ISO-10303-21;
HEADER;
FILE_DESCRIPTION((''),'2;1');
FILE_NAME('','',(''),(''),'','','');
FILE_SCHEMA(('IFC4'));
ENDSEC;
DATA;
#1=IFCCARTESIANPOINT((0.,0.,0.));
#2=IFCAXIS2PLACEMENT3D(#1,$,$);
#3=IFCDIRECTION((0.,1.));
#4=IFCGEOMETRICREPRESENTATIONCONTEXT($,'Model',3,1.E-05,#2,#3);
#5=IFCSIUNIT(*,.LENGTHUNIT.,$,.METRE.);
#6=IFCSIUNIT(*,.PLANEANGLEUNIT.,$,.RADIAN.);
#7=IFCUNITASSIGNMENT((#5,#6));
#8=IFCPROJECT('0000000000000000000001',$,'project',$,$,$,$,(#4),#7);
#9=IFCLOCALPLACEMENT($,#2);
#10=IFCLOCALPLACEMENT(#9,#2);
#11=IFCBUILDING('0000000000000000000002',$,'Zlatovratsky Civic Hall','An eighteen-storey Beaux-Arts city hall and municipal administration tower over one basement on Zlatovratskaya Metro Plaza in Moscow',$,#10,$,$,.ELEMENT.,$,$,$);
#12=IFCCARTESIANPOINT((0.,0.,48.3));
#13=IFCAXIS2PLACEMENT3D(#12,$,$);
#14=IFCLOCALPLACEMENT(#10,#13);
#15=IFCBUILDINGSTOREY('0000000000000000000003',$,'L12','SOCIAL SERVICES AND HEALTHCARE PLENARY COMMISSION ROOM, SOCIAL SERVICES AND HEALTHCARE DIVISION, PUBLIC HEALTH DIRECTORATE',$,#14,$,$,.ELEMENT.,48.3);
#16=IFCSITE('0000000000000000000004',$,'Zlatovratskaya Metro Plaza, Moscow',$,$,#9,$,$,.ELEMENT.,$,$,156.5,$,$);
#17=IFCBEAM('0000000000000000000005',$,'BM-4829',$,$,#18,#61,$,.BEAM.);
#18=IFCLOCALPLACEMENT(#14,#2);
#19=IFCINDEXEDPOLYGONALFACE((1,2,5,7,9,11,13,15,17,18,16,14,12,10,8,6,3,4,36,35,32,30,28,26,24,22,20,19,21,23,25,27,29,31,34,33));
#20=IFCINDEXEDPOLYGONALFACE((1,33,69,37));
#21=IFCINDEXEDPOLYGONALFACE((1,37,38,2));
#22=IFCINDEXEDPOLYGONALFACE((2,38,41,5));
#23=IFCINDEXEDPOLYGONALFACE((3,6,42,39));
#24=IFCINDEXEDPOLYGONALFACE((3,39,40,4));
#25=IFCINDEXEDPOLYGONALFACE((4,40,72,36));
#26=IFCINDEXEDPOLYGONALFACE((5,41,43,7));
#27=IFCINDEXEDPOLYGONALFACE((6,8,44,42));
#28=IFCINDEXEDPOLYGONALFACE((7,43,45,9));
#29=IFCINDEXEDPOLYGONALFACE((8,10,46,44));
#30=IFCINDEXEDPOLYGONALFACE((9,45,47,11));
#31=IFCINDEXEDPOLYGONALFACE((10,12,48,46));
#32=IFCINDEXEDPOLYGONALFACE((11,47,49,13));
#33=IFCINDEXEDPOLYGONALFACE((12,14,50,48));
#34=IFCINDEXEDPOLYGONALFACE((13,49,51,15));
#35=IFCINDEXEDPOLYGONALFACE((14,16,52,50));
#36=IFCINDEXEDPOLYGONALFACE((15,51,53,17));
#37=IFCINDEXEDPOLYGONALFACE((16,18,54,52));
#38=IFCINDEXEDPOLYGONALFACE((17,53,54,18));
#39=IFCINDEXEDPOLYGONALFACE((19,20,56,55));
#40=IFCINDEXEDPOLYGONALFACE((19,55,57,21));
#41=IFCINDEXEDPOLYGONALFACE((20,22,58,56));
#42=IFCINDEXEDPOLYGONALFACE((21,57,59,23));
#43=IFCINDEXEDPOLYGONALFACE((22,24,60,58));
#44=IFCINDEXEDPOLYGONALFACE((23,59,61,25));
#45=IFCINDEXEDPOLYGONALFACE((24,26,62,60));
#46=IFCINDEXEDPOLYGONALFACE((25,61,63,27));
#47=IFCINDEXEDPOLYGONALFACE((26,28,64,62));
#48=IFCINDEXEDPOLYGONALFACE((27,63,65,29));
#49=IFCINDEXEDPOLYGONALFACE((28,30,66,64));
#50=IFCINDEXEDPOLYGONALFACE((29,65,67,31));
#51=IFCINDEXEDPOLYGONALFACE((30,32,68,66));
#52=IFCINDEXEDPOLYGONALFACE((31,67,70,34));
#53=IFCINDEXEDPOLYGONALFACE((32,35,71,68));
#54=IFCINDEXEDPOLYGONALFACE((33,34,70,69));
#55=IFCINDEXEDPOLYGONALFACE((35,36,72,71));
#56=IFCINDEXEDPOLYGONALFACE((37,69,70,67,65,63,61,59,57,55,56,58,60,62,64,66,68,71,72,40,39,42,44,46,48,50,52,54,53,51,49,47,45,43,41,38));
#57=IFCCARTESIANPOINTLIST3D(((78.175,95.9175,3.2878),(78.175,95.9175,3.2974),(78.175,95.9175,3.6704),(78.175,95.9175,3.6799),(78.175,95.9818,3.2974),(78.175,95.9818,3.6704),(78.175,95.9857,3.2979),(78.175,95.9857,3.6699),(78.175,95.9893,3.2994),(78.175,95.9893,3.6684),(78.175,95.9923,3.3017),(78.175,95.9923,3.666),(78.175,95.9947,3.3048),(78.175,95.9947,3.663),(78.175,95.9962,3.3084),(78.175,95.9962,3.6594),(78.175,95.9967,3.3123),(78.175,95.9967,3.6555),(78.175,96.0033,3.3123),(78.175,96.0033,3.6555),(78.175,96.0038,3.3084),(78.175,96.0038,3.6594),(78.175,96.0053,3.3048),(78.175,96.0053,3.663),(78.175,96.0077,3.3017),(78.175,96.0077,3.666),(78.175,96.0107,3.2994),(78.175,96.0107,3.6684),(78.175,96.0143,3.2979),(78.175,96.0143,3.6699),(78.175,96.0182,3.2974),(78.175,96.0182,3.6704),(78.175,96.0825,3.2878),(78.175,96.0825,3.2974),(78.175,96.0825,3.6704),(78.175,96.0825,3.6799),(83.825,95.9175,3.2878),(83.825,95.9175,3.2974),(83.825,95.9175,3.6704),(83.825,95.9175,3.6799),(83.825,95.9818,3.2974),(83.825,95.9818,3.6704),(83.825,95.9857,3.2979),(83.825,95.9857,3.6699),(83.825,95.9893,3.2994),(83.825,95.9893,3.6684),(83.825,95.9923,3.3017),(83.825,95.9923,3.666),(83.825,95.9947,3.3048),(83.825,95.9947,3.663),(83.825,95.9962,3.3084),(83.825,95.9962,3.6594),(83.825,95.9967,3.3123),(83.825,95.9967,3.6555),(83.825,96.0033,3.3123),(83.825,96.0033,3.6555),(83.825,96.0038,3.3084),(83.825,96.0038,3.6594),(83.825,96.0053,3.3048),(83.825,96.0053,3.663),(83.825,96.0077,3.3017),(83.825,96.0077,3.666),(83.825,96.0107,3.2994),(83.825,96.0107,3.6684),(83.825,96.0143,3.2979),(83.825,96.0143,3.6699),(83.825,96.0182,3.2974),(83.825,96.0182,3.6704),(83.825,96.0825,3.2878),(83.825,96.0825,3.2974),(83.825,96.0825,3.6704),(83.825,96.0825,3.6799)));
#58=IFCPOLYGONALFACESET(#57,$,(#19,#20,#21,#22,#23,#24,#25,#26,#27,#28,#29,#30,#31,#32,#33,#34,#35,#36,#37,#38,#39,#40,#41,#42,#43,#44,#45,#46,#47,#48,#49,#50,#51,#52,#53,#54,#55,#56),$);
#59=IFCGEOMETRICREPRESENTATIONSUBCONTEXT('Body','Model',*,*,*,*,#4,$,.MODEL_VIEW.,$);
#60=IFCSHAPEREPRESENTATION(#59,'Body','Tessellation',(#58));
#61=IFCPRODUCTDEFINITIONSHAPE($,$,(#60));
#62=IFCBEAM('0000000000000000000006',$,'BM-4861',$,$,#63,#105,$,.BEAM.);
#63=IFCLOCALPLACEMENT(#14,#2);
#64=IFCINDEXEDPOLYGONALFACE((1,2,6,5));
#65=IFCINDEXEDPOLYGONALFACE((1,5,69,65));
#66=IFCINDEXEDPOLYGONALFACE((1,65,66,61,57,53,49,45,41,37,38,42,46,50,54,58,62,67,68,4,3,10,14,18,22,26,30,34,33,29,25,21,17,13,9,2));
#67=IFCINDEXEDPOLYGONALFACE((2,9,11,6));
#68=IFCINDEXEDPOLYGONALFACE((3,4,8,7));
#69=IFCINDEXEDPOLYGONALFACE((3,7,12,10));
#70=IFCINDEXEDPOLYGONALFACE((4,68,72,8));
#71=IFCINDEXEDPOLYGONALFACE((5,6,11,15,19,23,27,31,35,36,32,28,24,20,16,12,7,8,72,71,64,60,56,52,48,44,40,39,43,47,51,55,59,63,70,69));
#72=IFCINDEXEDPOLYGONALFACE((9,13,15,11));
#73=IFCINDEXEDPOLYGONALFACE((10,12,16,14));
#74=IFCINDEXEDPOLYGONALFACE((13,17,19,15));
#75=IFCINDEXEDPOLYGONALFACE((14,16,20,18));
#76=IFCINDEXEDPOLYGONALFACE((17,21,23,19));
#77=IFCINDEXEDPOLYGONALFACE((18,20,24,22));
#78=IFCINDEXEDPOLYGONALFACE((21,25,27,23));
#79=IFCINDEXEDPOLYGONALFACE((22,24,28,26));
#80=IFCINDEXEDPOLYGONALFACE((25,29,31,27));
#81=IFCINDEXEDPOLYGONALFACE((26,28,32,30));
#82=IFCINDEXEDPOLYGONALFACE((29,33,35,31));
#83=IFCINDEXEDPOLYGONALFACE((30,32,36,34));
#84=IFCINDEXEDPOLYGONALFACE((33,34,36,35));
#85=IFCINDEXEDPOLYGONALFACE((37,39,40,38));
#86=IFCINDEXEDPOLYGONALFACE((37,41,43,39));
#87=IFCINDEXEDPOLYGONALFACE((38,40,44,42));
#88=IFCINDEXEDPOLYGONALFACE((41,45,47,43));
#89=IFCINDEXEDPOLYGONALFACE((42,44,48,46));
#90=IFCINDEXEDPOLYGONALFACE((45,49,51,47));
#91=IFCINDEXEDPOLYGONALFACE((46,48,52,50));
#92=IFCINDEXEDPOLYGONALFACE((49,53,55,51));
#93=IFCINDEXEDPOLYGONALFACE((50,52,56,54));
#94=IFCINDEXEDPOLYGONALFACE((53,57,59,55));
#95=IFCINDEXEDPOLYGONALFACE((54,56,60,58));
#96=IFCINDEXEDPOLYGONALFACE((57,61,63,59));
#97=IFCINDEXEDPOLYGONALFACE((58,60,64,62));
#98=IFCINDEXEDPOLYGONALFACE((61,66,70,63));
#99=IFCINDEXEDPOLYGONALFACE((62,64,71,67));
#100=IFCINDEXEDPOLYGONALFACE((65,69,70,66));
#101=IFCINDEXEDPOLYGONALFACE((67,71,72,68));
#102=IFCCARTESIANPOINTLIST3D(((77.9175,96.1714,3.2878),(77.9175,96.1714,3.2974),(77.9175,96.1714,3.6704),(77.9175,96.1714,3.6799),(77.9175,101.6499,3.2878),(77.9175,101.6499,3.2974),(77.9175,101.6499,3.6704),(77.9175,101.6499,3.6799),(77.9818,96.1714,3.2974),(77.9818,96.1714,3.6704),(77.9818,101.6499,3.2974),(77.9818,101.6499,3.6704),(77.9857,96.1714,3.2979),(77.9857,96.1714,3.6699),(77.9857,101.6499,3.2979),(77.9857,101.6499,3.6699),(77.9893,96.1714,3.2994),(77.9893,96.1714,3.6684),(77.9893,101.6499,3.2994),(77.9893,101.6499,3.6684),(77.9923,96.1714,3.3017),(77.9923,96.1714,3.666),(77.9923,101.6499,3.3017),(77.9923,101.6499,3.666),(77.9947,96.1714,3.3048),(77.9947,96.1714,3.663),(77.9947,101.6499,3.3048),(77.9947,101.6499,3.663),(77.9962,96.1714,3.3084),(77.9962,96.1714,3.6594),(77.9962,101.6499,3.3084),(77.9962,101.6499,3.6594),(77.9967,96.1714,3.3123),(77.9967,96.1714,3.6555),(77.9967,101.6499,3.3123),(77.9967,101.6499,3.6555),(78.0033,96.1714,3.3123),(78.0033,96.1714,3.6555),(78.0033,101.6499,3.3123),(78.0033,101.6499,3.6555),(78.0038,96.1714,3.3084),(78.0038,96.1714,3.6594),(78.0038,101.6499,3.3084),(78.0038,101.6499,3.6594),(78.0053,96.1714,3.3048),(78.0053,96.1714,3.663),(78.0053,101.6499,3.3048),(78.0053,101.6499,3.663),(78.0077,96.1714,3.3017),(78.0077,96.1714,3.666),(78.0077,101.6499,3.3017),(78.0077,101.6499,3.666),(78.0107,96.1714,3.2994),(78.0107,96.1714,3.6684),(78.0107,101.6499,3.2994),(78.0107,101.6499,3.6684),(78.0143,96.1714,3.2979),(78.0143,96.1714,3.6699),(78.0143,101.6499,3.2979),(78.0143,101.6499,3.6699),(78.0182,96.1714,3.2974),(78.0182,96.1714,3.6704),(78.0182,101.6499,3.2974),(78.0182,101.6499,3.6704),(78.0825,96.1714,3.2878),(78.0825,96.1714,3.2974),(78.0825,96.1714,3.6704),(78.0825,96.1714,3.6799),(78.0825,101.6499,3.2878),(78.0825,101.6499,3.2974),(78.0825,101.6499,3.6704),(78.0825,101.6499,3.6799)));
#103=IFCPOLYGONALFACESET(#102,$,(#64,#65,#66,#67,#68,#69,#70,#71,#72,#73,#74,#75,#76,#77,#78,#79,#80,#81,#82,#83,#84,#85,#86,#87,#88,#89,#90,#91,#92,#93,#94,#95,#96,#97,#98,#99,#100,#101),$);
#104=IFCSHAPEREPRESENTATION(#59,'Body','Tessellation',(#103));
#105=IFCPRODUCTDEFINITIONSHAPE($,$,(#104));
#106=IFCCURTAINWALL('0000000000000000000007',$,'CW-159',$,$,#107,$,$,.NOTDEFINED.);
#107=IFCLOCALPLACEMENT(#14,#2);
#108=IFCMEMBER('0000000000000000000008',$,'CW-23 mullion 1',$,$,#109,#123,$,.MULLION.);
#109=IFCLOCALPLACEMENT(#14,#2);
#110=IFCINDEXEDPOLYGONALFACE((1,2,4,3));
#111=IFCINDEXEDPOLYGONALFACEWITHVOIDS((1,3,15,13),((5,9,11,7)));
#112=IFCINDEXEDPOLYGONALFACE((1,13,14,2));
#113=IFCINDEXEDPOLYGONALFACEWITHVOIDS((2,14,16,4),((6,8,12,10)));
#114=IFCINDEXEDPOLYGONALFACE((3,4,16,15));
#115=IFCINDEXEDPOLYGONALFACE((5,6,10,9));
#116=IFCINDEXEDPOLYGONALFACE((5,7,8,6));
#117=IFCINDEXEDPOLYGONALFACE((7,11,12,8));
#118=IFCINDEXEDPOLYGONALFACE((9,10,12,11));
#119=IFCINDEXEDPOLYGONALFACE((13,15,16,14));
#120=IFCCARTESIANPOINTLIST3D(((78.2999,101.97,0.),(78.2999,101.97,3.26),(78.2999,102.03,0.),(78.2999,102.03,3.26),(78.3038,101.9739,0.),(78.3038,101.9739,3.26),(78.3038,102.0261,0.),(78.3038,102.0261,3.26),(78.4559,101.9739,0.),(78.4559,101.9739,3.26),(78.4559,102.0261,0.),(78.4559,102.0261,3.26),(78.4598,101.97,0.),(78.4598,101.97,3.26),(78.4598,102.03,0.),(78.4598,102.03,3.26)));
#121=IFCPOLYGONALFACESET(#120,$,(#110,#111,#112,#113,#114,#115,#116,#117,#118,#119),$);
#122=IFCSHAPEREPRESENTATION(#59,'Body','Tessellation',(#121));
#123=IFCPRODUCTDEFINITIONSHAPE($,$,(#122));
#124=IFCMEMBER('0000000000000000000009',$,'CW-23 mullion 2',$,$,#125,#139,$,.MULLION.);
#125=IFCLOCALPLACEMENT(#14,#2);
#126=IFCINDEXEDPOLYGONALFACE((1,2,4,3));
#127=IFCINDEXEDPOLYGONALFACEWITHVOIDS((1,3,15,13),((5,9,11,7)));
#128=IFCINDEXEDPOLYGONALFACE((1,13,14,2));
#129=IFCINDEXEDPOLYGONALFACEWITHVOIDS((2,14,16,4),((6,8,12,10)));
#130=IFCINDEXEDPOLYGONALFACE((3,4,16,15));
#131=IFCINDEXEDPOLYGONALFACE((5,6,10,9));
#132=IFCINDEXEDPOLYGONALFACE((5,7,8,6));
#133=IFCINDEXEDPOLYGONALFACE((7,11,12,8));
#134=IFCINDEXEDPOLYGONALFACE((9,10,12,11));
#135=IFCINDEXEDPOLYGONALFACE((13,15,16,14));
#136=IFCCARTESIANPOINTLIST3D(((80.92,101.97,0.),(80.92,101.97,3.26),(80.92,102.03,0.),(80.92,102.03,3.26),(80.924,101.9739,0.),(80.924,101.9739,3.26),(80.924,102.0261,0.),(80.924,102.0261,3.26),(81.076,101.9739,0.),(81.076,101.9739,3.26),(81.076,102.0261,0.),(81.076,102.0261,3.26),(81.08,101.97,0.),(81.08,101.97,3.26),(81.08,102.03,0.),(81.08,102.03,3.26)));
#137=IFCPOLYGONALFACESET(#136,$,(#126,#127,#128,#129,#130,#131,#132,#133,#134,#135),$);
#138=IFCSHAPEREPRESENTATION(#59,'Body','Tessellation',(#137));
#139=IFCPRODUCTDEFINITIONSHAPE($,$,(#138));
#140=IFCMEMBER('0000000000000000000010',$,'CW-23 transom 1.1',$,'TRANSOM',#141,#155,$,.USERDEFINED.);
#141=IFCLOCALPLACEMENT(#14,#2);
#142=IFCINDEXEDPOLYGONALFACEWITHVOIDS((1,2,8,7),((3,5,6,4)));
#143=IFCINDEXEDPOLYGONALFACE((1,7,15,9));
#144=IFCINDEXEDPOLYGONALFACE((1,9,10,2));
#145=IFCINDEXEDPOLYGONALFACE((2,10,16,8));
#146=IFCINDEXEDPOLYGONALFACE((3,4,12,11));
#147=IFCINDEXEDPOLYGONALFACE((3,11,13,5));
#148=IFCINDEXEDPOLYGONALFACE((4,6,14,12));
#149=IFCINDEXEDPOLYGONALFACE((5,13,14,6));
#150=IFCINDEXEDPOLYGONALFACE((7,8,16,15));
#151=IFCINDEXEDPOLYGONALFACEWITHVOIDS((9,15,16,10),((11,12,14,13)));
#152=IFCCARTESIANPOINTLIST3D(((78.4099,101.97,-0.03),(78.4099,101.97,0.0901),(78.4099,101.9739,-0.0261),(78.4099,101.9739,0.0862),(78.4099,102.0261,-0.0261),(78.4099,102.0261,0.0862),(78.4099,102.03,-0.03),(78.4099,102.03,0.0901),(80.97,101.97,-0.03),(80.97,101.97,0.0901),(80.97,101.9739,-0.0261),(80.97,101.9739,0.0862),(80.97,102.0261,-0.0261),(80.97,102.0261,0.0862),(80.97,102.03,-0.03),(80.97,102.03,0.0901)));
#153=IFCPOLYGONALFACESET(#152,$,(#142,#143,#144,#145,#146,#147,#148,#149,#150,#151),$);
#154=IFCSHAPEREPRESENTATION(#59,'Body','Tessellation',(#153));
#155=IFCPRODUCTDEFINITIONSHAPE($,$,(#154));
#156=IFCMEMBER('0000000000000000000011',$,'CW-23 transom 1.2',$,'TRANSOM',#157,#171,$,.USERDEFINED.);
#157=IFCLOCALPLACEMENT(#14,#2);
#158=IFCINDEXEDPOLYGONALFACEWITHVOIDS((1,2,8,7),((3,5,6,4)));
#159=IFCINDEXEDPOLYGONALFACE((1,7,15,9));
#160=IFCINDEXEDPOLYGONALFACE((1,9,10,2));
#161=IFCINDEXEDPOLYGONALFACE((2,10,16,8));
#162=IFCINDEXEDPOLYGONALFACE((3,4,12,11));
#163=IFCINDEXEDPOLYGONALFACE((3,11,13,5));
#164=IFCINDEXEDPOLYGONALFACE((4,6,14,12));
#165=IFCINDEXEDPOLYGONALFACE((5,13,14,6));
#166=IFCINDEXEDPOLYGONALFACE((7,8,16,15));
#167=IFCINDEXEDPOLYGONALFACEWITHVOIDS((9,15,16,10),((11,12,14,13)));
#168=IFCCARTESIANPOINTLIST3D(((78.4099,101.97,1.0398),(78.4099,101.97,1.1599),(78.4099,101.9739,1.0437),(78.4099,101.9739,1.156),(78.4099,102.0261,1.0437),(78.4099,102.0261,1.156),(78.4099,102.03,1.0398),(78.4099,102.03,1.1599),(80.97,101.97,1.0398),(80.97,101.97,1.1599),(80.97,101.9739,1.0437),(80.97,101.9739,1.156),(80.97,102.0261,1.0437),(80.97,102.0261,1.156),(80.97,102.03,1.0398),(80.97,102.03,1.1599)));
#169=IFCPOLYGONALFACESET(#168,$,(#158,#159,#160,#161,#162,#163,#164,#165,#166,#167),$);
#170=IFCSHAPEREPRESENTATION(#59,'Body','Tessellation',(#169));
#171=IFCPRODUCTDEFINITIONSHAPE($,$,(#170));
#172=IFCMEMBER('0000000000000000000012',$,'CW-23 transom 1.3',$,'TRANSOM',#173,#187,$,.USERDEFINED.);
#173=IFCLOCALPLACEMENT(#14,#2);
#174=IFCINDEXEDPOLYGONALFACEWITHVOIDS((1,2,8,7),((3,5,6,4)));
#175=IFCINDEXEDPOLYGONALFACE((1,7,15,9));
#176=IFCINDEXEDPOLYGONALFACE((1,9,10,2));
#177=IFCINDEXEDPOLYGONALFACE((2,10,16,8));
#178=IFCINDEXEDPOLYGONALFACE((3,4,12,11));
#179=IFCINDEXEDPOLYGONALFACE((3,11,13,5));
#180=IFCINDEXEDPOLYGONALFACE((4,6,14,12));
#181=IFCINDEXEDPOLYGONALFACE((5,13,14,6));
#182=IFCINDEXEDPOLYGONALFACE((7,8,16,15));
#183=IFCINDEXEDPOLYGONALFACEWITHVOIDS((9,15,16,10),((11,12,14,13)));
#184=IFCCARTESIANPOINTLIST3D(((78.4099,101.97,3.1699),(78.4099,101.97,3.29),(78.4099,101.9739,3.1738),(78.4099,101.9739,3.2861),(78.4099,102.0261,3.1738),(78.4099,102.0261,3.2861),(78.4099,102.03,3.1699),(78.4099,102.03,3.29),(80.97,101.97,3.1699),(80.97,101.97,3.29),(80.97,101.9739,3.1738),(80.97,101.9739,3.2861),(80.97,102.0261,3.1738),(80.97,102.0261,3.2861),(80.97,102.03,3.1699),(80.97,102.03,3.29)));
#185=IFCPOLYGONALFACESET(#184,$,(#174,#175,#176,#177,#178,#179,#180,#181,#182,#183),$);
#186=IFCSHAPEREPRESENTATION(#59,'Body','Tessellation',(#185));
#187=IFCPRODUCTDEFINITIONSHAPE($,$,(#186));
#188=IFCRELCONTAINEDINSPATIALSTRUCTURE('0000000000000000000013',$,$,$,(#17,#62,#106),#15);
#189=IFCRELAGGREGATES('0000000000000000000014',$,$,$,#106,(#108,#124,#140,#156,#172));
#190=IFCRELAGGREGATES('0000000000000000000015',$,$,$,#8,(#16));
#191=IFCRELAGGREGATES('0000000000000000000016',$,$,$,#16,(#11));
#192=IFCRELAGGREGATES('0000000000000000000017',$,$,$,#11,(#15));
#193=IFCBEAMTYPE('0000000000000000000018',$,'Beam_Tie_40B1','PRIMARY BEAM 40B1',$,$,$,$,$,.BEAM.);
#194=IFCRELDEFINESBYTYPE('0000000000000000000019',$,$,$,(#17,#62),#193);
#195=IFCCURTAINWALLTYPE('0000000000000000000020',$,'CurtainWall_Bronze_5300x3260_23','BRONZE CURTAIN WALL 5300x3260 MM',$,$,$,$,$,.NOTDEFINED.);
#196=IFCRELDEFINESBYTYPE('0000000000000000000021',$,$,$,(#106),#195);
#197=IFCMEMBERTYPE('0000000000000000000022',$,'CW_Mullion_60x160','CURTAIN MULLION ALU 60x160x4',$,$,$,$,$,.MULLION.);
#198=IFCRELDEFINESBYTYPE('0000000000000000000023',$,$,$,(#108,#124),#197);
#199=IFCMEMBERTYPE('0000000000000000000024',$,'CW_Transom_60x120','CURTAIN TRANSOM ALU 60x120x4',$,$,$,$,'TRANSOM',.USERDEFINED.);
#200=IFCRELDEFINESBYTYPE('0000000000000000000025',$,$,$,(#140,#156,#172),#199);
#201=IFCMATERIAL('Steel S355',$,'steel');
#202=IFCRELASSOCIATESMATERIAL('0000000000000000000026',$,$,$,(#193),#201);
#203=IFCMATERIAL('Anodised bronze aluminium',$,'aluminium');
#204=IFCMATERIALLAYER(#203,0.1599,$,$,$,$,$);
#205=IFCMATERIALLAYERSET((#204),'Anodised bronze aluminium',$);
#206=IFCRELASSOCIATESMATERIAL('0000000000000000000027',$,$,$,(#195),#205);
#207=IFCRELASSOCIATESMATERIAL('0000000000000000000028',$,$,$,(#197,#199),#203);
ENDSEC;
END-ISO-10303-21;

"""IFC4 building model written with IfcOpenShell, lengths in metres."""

from ifc_helpers import new_model, si_unit, direction, frame, origin, origin_2d, place, context, subcontext, project, spatial, hollow_rectangle, i_section, extrude, material, layer, layer_set, material_profile, profile_set, type_object, element, aggregate, save


model = new_model("IFC4")

# Units and contexts
model_context = context("Model", 3, precision=1e-05, world=origin(), true_north=direction((0.0, 1.0)))
body_context = subcontext(model_context, "Body", "Model", "MODEL_VIEW")
ifc_project = project(units=[si_unit("LENGTHUNIT", "METRE"), si_unit("PLANEANGLEUNIT", "RADIAN")], contexts=[model_context])

# Site, building, storey
site_placement = place(None, origin())
site = spatial("IfcSite", under=ifc_project, at=site_placement, Name="Zlatovratskaya Metro Plaza, Moscow", CompositionType="ELEMENT", RefElevation=156.5)
building_placement = place(site_placement, origin())
building = spatial("IfcBuilding", under=site, at=building_placement, Name="Zlatovratsky Civic Hall", Description="An eighteen-storey Beaux-Arts city hall and municipal administration tower over one basement on Zlatovratskaya Metro Plaza in Moscow", CompositionType="ELEMENT")
storey_placement = place(building_placement, frame((0.0, 0.0, 48.3)))
storey = spatial("IfcBuildingStorey", under=building, at=storey_placement, Name="L12", Description="SOCIAL SERVICES AND HEALTHCARE PLENARY COMMISSION ROOM, SOCIAL SERVICES AND HEALTHCARE DIVISION, PUBLIC HEALTH DIRECTORATE", CompositionType="ELEMENT", Elevation=48.3)

# Shared definitions
ifc_material_1 = material(Name="Steel S355", Category="steel")

# Beams
ifc_material_profile_1 = material_profile(ifc_material_1, i_section(OverallWidth=0.165, OverallDepth=0.3921, WebThickness=0.0066, FlangeThickness=0.0095, FilletRadius=0.0149, at=origin_2d()), Name="40B1")
ifc_profile_set_1 = profile_set([ifc_material_profile_1], Name="Steel S355")
beam_type_1 = type_object("IfcBeamType", Name="Beam_Tie_40B1", Description="PRIMARY BEAM 40B1", PredefinedType="BEAM", material=ifc_profile_set_1)
beam_1_placement = place(storey_placement, frame((78.175, 96.0, 3.4839), z_axis=(1.0, 0.0, 0.0), x_axis=(0.0, 1.0, 0.0)))
element("IfcBeam", 1, at=beam_1_placement, inside=storey, type_object=beam_type_1, Name="BM-4829", PredefinedType="BEAM", context=body_context, shape_type="SweptSolid", body=[
    extrude(i_section(OverallWidth=0.165, OverallDepth=0.3921, WebThickness=0.0066, FlangeThickness=0.0095, FilletRadius=0.0149, at=origin_2d()), origin(), (0.0, 0.0, 1.0), 5.6499),
])
beam_2_placement = place(storey_placement, frame((78.0, 96.1714, 3.4839), z_axis=(0.0, 1.0, 0.0), x_axis=(-1.0, 0.0, 0.0)))
element("IfcBeam", 2, at=beam_2_placement, inside=storey, type_object=beam_type_1, Name="BM-4861", PredefinedType="BEAM", context=body_context, shape_type="SweptSolid", body=[
    extrude(i_section(OverallWidth=0.165, OverallDepth=0.3921, WebThickness=0.0066, FlangeThickness=0.0095, FilletRadius=0.0149, at=origin_2d()), origin(), (0.0, 0.0, 1.0), 5.4785),
])

# Curtain wall, members
ifc_material_2 = material(Name="Anodised bronze aluminium", Category="aluminium")
ifc_layer_1 = layer(ifc_material_2, 0.1599)
ifc_layer_set_1 = layer_set([ifc_layer_1], Name="Anodised bronze aluminium")
curtain_wall_type = type_object("IfcCurtainWallType", Name="CurtainWall_Bronze_5300x3260_23", Description="BRONZE CURTAIN WALL 5300x3260 MM", PredefinedType="NOTDEFINED", material=ifc_layer_set_1)
curtain_wall_placement = place(storey_placement, origin())
curtain_wall = element("IfcCurtainWall", 3, at=curtain_wall_placement, inside=storey, type_object=curtain_wall_type, Name="CW-159", PredefinedType="NOTDEFINED")
ifc_material_profile_2 = material_profile(ifc_material_2, hollow_rectangle(XDim=0.0601, YDim=0.1599, WallThickness=0.0039, at=origin_2d()), Name="ALU 60x160x4")
ifc_profile_set_2 = profile_set([ifc_material_profile_2], Name="Anodised bronze aluminium")
member_type_1 = type_object("IfcMemberType", Name="CW_Mullion_60x160", Description="CURTAIN MULLION ALU 60x160x4", PredefinedType="MULLION", material=ifc_profile_set_2)
member_1_placement = place(storey_placement, frame((78.3799, 102.0, 0.0), z_axis=(0.0, 0.0, 1.0), x_axis=(0.0, 1.0, 0.0)))
member_1 = element("IfcMember", 4, at=member_1_placement, type_object=member_type_1, Name="CW-23 mullion 1", PredefinedType="MULLION", context=body_context, shape_type="SweptSolid", body=[
    extrude(hollow_rectangle(XDim=0.0601, YDim=0.1599, WallThickness=0.0039, at=origin_2d()), origin(), (0.0, 0.0, 1.0), 3.26),
])
member_2_placement = place(storey_placement, frame((81.0, 102.0, 0.0), z_axis=(0.0, 0.0, 1.0), x_axis=(0.0, 1.0, 0.0)))
member_2 = element("IfcMember", 5, at=member_2_placement, type_object=member_type_1, Name="CW-23 mullion 2", PredefinedType="MULLION", context=body_context, shape_type="SweptSolid", body=[
    extrude(hollow_rectangle(XDim=0.0601, YDim=0.1599, WallThickness=0.0039, at=origin_2d()), origin(), (0.0, 0.0, 1.0), 3.26),
])
ifc_material_profile_3 = material_profile(ifc_material_2, hollow_rectangle(XDim=0.0601, YDim=0.1201, WallThickness=0.0039, at=origin_2d()), Name="ALU 60x120x4")
ifc_profile_set_3 = profile_set([ifc_material_profile_3], Name="Anodised bronze aluminium")
member_type_2 = type_object("IfcMemberType", Name="CW_Transom_60x120", Description="CURTAIN TRANSOM ALU 60x120x4", ElementType="TRANSOM", PredefinedType="USERDEFINED", material=ifc_profile_set_3)
member_3_placement = place(storey_placement, frame((78.4099, 102.0, 0.03), z_axis=(1.0, 0.0, 0.0), x_axis=(0.0, 1.0, 0.0)))
member_3 = element("IfcMember", 6, at=member_3_placement, type_object=member_type_2, Name="CW-23 transom 1.1", ObjectType="TRANSOM", PredefinedType="USERDEFINED", context=body_context, shape_type="SweptSolid", body=[
    extrude(hollow_rectangle(XDim=0.0601, YDim=0.1201, WallThickness=0.0039, at=origin_2d()), origin(), (0.0, 0.0, 1.0), 2.5601),
])
member_4_placement = place(storey_placement, frame((78.4099, 102.0, 1.0999), z_axis=(1.0, 0.0, 0.0), x_axis=(0.0, 1.0, 0.0)))
member_4 = element("IfcMember", 7, at=member_4_placement, type_object=member_type_2, Name="CW-23 transom 1.2", ObjectType="TRANSOM", PredefinedType="USERDEFINED", context=body_context, shape_type="SweptSolid", body=[
    extrude(hollow_rectangle(XDim=0.0601, YDim=0.1201, WallThickness=0.0039, at=origin_2d()), origin(), (0.0, 0.0, 1.0), 2.5601),
])
member_5_placement = place(storey_placement, frame((78.4099, 102.0, 3.23), z_axis=(1.0, 0.0, 0.0), x_axis=(0.0, 1.0, 0.0)))
member_5 = element("IfcMember", 8, at=member_5_placement, type_object=member_type_2, Name="CW-23 transom 1.3", ObjectType="TRANSOM", PredefinedType="USERDEFINED", context=body_context, shape_type="SweptSolid", body=[
    extrude(hollow_rectangle(XDim=0.0601, YDim=0.1201, WallThickness=0.0039, at=origin_2d()), origin(), (0.0, 0.0, 1.0), 2.5601),
])
aggregate(curtain_wall, [member_1, member_2, member_3, member_4, member_5])

save(model, "model.ifc")
